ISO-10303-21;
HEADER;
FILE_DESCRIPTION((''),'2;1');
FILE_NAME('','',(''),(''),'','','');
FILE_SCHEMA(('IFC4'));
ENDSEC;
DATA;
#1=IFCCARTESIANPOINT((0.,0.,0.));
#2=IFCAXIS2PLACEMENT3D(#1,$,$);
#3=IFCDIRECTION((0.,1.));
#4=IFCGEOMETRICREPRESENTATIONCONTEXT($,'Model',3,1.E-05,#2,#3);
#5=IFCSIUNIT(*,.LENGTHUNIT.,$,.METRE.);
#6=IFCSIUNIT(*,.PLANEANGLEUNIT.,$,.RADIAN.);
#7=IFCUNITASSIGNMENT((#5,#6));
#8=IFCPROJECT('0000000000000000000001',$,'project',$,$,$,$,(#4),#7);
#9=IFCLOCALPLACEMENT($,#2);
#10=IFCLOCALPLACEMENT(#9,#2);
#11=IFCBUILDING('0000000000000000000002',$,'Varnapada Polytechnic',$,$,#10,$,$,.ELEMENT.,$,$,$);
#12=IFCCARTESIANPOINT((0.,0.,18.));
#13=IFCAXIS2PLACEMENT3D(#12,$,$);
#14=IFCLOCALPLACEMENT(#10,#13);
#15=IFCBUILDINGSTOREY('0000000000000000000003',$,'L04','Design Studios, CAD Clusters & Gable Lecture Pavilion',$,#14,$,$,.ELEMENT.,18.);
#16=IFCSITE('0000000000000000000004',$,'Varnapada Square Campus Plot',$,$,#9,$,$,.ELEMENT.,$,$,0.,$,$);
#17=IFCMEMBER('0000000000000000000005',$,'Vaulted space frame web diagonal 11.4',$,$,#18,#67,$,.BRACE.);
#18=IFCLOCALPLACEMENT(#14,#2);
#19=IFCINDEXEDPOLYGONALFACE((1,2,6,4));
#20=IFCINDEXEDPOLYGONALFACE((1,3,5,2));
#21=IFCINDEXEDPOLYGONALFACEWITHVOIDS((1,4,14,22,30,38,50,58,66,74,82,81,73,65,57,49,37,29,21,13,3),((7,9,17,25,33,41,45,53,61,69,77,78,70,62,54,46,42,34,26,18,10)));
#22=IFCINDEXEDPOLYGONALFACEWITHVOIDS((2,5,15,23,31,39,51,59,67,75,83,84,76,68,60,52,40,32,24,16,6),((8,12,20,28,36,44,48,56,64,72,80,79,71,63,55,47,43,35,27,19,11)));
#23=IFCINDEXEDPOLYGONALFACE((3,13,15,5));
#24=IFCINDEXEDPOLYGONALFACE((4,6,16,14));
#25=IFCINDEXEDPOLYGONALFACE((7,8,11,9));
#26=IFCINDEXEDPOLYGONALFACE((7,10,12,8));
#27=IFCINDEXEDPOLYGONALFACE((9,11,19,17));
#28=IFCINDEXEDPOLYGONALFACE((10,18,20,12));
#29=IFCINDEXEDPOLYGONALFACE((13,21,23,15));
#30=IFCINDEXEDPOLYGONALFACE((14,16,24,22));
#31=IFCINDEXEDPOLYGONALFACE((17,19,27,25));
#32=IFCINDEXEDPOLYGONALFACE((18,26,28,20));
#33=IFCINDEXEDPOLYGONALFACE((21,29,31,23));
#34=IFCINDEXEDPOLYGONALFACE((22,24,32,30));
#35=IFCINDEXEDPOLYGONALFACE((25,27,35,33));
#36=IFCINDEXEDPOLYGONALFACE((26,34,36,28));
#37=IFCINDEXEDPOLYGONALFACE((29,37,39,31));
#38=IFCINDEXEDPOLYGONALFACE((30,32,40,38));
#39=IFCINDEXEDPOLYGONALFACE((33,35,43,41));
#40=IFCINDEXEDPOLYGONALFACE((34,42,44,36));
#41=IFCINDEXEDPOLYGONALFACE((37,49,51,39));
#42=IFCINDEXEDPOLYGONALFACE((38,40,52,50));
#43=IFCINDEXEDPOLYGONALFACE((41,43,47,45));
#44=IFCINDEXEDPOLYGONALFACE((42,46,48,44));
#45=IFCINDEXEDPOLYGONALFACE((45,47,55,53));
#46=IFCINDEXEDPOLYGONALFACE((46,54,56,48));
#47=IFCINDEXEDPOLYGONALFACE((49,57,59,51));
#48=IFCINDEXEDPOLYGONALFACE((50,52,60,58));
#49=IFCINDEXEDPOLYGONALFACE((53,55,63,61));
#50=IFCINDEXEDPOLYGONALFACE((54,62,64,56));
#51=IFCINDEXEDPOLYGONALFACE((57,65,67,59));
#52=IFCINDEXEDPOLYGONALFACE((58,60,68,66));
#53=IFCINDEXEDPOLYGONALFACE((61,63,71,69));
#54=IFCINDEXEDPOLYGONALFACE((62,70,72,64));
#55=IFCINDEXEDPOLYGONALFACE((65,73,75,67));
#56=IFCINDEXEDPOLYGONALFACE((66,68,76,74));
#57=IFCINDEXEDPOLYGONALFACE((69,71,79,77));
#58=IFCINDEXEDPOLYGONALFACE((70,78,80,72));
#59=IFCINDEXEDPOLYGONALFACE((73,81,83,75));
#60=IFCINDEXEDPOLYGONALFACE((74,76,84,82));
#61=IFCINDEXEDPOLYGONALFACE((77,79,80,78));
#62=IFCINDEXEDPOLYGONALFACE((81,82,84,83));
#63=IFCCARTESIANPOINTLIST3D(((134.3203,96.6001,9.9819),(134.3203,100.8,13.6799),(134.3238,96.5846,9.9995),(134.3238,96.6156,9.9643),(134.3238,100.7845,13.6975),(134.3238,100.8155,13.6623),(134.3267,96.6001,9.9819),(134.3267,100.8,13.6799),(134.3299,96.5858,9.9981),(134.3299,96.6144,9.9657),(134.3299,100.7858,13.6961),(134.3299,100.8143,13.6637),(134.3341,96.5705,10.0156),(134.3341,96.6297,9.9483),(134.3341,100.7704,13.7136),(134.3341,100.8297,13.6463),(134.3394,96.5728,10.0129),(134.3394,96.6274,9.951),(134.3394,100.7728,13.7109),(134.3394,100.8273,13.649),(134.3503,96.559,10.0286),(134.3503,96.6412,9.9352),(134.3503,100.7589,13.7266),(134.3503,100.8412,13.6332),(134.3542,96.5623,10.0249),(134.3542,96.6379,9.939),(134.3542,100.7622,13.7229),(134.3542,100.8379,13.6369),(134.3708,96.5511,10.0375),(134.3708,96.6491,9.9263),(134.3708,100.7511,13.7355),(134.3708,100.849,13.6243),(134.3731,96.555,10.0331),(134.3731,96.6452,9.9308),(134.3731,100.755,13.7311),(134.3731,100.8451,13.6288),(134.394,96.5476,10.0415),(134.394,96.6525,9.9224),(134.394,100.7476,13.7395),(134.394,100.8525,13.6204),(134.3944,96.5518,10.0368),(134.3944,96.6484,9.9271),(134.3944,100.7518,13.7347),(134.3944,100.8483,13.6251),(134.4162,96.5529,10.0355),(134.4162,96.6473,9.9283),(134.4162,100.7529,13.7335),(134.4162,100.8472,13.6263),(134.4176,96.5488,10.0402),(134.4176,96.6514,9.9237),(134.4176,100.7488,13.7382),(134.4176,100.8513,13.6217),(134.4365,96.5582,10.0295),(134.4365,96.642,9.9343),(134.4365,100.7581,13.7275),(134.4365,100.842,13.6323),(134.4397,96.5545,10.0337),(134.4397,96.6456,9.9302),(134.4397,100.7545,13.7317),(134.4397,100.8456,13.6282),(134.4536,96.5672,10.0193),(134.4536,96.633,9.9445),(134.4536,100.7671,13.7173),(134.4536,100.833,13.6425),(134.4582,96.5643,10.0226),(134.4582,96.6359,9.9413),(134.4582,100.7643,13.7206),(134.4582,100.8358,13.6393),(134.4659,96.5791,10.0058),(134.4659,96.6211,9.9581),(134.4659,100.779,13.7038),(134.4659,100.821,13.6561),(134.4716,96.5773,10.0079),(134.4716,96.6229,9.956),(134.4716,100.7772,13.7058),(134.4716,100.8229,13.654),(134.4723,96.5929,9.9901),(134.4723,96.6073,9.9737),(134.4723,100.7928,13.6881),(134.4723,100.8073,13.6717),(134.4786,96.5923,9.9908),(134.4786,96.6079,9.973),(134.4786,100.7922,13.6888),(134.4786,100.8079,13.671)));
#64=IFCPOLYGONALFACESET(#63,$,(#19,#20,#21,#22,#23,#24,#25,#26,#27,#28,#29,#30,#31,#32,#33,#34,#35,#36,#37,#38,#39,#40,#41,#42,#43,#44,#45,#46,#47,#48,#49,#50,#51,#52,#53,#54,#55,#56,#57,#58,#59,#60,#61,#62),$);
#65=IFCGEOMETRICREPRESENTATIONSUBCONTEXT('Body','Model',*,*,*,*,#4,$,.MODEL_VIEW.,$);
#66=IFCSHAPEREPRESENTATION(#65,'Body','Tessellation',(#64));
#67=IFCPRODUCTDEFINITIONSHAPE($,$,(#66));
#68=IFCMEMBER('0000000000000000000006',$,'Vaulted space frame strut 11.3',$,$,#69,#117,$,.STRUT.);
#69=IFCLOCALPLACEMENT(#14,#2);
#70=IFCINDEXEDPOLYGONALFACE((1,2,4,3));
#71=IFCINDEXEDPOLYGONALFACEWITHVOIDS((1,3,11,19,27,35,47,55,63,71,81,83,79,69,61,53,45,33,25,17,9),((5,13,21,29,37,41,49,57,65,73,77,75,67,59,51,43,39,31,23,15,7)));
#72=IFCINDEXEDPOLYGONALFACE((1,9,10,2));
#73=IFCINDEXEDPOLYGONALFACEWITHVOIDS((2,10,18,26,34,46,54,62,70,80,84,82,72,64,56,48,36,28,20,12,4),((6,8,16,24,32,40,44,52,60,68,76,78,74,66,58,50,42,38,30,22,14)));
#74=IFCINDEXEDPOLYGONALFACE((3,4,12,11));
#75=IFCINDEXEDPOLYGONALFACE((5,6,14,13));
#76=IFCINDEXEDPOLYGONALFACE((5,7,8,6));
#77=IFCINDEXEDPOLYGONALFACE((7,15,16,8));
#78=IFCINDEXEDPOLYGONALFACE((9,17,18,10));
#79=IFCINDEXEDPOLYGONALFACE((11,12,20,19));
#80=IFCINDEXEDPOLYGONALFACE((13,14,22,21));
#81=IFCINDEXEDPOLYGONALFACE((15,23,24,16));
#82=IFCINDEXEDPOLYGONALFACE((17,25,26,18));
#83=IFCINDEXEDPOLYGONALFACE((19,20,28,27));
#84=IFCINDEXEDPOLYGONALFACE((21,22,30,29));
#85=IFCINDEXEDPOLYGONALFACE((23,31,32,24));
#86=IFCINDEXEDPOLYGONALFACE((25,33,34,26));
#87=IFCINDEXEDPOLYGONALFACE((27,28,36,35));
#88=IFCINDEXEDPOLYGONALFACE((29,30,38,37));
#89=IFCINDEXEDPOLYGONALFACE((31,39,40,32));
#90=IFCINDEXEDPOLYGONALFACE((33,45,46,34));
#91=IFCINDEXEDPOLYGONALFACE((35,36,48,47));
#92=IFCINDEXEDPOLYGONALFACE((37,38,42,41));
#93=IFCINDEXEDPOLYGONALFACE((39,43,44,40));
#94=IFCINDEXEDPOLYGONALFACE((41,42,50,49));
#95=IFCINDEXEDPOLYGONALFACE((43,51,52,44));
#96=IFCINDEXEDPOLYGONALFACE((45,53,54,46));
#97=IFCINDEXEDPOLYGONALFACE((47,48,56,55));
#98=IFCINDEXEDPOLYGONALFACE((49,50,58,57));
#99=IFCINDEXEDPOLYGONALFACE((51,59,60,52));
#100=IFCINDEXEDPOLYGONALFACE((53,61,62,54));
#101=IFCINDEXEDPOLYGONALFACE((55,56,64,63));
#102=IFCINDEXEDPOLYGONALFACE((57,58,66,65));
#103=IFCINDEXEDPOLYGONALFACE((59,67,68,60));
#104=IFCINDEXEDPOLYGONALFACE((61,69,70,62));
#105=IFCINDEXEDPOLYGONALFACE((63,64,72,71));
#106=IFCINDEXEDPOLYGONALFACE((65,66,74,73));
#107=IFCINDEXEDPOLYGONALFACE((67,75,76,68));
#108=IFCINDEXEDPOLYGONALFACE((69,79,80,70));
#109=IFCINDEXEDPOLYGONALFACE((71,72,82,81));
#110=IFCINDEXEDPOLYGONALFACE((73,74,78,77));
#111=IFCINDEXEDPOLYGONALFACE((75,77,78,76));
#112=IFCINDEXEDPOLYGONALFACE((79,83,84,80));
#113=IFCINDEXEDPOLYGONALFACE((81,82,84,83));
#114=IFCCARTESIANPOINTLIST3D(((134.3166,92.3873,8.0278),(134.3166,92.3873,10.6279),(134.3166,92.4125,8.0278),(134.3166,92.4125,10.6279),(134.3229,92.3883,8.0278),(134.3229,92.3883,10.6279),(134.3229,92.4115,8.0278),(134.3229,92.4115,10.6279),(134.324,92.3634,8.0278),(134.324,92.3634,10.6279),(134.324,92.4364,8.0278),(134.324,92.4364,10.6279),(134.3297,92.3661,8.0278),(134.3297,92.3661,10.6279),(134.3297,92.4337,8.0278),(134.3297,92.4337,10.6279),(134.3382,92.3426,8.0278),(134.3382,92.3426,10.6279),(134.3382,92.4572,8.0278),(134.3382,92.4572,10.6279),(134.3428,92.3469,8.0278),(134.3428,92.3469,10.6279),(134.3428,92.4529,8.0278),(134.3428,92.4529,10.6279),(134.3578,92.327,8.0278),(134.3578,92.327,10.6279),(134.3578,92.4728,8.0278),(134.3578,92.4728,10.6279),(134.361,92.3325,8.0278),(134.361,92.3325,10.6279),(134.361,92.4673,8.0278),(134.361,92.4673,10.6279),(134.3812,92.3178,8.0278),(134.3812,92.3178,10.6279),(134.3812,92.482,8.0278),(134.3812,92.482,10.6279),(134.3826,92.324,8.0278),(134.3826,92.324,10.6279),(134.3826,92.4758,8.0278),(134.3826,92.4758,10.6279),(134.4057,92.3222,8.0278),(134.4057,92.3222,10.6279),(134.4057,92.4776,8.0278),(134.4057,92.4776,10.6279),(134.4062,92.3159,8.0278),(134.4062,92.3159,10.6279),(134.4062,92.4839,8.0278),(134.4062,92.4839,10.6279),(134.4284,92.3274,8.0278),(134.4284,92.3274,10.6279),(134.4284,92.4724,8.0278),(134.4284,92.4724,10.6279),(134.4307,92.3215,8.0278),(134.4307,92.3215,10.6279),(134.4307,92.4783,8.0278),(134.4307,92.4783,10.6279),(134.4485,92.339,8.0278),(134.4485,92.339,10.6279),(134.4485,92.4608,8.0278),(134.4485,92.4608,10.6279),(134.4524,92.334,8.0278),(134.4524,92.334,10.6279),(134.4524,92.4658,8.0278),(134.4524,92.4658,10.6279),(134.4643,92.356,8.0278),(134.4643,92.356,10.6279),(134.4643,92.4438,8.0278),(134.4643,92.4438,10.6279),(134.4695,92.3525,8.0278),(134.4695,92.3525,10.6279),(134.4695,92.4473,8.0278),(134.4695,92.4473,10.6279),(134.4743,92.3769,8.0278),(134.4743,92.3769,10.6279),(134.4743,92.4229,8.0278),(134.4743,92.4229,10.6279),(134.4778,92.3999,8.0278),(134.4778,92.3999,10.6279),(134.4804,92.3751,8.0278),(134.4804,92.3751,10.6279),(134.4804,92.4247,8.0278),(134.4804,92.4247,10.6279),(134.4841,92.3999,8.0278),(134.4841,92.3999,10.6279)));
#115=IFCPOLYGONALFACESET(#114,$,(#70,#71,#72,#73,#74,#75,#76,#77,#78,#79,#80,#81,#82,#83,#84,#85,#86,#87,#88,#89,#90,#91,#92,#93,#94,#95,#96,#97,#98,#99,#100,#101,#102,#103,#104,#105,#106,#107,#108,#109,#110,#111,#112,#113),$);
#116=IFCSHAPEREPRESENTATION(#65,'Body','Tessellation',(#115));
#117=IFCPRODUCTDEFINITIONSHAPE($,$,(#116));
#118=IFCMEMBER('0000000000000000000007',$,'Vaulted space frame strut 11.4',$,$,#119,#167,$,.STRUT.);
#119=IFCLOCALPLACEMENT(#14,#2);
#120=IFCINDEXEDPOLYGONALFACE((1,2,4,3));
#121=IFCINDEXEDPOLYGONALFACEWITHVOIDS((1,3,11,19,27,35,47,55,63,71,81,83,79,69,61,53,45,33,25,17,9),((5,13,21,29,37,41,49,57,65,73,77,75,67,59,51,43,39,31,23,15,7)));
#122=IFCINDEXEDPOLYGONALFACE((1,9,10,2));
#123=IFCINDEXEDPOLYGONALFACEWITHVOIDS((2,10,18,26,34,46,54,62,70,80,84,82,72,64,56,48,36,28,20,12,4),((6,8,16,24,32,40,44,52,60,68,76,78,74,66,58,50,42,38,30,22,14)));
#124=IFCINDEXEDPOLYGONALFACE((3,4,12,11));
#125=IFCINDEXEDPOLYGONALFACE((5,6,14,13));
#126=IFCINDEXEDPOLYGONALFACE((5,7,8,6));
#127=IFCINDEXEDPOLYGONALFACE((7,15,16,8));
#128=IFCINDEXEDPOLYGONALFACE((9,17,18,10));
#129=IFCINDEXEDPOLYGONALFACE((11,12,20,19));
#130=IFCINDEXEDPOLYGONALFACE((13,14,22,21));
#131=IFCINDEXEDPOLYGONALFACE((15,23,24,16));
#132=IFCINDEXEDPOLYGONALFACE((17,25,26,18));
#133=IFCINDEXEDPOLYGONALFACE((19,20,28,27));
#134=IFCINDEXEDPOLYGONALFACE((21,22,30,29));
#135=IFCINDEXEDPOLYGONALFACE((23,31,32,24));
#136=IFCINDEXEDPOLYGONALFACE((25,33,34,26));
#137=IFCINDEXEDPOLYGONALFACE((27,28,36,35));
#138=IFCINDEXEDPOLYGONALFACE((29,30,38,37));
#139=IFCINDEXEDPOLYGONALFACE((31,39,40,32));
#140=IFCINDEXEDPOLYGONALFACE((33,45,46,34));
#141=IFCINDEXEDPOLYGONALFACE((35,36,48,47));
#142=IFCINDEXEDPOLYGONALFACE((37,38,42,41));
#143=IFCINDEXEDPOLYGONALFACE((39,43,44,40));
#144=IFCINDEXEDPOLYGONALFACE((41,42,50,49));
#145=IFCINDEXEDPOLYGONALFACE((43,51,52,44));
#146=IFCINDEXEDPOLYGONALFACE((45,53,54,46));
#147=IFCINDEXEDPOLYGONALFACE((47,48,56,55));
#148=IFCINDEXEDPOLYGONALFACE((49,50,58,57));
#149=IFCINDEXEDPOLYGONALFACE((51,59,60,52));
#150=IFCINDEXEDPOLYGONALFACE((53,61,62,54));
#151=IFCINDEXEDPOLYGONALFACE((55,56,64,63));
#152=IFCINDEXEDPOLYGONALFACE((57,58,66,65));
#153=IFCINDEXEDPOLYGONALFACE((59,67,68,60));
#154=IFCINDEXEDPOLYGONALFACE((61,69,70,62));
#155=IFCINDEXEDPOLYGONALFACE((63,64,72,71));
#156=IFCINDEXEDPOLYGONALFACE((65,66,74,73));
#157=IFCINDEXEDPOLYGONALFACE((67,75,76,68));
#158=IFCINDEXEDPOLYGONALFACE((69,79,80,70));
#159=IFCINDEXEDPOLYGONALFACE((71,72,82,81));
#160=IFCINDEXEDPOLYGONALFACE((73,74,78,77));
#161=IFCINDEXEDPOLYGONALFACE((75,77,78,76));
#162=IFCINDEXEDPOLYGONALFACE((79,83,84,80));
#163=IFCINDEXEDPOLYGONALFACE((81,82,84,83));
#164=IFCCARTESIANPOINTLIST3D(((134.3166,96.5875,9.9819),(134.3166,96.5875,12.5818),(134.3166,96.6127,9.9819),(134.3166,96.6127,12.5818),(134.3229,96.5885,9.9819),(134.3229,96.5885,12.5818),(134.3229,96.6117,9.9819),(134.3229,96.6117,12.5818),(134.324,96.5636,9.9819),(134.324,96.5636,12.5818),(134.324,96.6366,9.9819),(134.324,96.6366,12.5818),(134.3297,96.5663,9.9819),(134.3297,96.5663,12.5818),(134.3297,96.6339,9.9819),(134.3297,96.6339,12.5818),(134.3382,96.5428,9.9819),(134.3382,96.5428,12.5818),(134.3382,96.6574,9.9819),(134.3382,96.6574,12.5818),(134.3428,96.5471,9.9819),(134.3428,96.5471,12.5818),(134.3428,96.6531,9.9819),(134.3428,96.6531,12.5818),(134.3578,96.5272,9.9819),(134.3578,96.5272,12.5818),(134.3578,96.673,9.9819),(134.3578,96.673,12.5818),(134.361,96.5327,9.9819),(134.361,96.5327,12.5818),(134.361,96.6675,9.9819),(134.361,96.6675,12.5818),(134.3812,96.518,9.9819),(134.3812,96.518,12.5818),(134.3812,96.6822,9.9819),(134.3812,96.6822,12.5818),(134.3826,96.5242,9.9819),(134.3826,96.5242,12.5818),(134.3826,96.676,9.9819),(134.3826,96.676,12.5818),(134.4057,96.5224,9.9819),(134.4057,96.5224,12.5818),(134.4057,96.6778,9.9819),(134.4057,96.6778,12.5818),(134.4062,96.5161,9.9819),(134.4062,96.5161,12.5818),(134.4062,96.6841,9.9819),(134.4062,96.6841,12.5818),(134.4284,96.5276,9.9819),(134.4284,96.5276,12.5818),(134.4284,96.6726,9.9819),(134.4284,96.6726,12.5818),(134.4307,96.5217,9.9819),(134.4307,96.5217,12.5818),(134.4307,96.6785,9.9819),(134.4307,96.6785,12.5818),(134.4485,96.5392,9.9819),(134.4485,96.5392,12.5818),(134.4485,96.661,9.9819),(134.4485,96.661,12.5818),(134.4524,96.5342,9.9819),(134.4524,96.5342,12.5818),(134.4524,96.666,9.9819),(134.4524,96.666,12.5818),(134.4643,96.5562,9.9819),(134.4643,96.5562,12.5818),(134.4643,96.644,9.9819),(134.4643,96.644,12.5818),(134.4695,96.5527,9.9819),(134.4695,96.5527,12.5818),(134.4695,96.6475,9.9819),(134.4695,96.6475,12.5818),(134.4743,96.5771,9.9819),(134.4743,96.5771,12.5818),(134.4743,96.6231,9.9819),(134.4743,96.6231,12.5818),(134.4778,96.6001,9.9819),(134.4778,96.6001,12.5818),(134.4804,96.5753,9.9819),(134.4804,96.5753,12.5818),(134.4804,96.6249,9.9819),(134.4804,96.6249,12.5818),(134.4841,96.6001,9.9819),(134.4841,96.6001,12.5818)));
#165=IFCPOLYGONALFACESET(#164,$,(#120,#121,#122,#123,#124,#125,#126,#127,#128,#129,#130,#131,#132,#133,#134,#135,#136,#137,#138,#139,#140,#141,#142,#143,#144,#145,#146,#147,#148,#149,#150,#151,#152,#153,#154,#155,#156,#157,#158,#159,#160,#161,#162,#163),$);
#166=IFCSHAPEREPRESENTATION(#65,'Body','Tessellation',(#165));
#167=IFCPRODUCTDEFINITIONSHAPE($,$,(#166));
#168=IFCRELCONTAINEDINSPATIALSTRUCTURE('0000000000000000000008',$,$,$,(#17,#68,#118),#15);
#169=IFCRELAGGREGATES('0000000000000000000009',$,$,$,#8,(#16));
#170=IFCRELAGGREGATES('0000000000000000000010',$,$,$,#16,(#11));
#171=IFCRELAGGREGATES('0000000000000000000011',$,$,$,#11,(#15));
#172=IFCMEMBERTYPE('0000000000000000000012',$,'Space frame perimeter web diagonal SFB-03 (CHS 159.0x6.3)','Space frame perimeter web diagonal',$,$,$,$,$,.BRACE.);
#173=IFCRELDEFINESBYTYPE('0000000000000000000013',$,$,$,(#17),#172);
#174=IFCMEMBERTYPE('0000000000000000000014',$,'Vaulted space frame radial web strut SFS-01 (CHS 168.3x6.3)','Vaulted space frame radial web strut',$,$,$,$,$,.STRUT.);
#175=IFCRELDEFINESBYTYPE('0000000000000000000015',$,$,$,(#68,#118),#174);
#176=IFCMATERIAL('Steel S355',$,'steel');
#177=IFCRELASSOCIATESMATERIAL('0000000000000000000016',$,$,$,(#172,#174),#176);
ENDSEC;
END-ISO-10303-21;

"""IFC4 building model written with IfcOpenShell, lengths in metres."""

from ifc_helpers import new_model, si_unit, direction, frame, origin, origin_2d, place, context, subcontext, project, spatial, hollow_circle, extrude, material, material_profile, profile_set, type_object, element, save


model = new_model("IFC4")

# Units and contexts
model_context = context("Model", 3, precision=1e-05, world=origin(), true_north=direction((0.0, 1.0)))
body_context = subcontext(model_context, "Body", "Model", "MODEL_VIEW")
ifc_project = project(units=[si_unit("LENGTHUNIT", "METRE"), si_unit("PLANEANGLEUNIT", "RADIAN")], contexts=[model_context])

# Site, building, storey
site_placement = place(None, origin())
site = spatial("IfcSite", under=ifc_project, at=site_placement, Name="Varnapada Square Campus Plot", CompositionType="ELEMENT", RefElevation=0.0)
building_placement = place(site_placement, origin())
building = spatial("IfcBuilding", under=site, at=building_placement, Name="Varnapada Polytechnic", CompositionType="ELEMENT")
storey_placement = place(building_placement, frame((0.0, 0.0, 18.0)))
storey = spatial("IfcBuildingStorey", under=building, at=storey_placement, Name="L04", Description="Design Studios, CAD Clusters & Gable Lecture Pavilion", CompositionType="ELEMENT", Elevation=18.0)

# Shared definitions
ifc_material_1 = material(Name="Steel S355", Category="steel")

# Members
ifc_material_profile_1 = material_profile(ifc_material_1, hollow_circle(Radius=0.0796, WallThickness=0.0063, at=origin_2d()), Name="CHS 159.0x6.3")
ifc_profile_set_1 = profile_set([ifc_material_profile_1], Name="Steel S355")
member_type_1 = type_object("IfcMemberType", Name="Space frame perimeter web diagonal SFB-03 (CHS 159.0x6.3)", Description="Space frame perimeter web diagonal", PredefinedType="BRACE", material=ifc_profile_set_1)
member_1_placement = place(storey_placement, frame((134.3999, 96.6001, 9.9819), z_axis=(0.0, 0.750533, 0.660833), x_axis=(-1.0, 0.0, 0.0)))
element("IfcMember", 1, at=member_1_placement, inside=storey, type_object=member_type_1, Name="Vaulted space frame web diagonal 11.4", PredefinedType="BRACE", context=body_context, shape_type="SweptSolid", body=[
    extrude(hollow_circle(Radius=0.0796, WallThickness=0.0063, at=origin_2d()), origin(), (0.0, 0.0, 1.0), 5.5959),
])
ifc_material_profile_2 = material_profile(ifc_material_1, hollow_circle(Radius=0.0842, WallThickness=0.0063, at=origin_2d()), Name="CHS 168.3x6.3")
ifc_profile_set_2 = profile_set([ifc_material_profile_2], Name="Steel S355")
member_type_2 = type_object("IfcMemberType", Name="Vaulted space frame radial web strut SFS-01 (CHS 168.3x6.3)", Description="Vaulted space frame radial web strut", PredefinedType="STRUT", material=ifc_profile_set_2)
member_2_placement = place(storey_placement, frame((134.3999, 92.3999, 8.0278), z_axis=(0.0, 0.0, 1.0), x_axis=(1.0, 0.0, 0.0)))
element("IfcMember", 2, at=member_2_placement, inside=storey, type_object=member_type_2, Name="Vaulted space frame strut 11.3", PredefinedType="STRUT", context=body_context, shape_type="SweptSolid", body=[
    extrude(hollow_circle(Radius=0.0842, WallThickness=0.0063, at=origin_2d()), origin(), (0.0, 0.0, 1.0), 2.6001),
])
member_3_placement = place(storey_placement, frame((134.3999, 96.6001, 9.9819), z_axis=(0.0, 0.0, 1.0), x_axis=(1.0, 0.0, 0.0)))
element("IfcMember", 3, at=member_3_placement, inside=storey, type_object=member_type_2, Name="Vaulted space frame strut 11.4", PredefinedType="STRUT", context=body_context, shape_type="SweptSolid", body=[
    extrude(hollow_circle(Radius=0.0842, WallThickness=0.0063, at=origin_2d()), origin(), (0.0, 0.0, 1.0), 2.5999),
])

save(model, "model.ifc")
